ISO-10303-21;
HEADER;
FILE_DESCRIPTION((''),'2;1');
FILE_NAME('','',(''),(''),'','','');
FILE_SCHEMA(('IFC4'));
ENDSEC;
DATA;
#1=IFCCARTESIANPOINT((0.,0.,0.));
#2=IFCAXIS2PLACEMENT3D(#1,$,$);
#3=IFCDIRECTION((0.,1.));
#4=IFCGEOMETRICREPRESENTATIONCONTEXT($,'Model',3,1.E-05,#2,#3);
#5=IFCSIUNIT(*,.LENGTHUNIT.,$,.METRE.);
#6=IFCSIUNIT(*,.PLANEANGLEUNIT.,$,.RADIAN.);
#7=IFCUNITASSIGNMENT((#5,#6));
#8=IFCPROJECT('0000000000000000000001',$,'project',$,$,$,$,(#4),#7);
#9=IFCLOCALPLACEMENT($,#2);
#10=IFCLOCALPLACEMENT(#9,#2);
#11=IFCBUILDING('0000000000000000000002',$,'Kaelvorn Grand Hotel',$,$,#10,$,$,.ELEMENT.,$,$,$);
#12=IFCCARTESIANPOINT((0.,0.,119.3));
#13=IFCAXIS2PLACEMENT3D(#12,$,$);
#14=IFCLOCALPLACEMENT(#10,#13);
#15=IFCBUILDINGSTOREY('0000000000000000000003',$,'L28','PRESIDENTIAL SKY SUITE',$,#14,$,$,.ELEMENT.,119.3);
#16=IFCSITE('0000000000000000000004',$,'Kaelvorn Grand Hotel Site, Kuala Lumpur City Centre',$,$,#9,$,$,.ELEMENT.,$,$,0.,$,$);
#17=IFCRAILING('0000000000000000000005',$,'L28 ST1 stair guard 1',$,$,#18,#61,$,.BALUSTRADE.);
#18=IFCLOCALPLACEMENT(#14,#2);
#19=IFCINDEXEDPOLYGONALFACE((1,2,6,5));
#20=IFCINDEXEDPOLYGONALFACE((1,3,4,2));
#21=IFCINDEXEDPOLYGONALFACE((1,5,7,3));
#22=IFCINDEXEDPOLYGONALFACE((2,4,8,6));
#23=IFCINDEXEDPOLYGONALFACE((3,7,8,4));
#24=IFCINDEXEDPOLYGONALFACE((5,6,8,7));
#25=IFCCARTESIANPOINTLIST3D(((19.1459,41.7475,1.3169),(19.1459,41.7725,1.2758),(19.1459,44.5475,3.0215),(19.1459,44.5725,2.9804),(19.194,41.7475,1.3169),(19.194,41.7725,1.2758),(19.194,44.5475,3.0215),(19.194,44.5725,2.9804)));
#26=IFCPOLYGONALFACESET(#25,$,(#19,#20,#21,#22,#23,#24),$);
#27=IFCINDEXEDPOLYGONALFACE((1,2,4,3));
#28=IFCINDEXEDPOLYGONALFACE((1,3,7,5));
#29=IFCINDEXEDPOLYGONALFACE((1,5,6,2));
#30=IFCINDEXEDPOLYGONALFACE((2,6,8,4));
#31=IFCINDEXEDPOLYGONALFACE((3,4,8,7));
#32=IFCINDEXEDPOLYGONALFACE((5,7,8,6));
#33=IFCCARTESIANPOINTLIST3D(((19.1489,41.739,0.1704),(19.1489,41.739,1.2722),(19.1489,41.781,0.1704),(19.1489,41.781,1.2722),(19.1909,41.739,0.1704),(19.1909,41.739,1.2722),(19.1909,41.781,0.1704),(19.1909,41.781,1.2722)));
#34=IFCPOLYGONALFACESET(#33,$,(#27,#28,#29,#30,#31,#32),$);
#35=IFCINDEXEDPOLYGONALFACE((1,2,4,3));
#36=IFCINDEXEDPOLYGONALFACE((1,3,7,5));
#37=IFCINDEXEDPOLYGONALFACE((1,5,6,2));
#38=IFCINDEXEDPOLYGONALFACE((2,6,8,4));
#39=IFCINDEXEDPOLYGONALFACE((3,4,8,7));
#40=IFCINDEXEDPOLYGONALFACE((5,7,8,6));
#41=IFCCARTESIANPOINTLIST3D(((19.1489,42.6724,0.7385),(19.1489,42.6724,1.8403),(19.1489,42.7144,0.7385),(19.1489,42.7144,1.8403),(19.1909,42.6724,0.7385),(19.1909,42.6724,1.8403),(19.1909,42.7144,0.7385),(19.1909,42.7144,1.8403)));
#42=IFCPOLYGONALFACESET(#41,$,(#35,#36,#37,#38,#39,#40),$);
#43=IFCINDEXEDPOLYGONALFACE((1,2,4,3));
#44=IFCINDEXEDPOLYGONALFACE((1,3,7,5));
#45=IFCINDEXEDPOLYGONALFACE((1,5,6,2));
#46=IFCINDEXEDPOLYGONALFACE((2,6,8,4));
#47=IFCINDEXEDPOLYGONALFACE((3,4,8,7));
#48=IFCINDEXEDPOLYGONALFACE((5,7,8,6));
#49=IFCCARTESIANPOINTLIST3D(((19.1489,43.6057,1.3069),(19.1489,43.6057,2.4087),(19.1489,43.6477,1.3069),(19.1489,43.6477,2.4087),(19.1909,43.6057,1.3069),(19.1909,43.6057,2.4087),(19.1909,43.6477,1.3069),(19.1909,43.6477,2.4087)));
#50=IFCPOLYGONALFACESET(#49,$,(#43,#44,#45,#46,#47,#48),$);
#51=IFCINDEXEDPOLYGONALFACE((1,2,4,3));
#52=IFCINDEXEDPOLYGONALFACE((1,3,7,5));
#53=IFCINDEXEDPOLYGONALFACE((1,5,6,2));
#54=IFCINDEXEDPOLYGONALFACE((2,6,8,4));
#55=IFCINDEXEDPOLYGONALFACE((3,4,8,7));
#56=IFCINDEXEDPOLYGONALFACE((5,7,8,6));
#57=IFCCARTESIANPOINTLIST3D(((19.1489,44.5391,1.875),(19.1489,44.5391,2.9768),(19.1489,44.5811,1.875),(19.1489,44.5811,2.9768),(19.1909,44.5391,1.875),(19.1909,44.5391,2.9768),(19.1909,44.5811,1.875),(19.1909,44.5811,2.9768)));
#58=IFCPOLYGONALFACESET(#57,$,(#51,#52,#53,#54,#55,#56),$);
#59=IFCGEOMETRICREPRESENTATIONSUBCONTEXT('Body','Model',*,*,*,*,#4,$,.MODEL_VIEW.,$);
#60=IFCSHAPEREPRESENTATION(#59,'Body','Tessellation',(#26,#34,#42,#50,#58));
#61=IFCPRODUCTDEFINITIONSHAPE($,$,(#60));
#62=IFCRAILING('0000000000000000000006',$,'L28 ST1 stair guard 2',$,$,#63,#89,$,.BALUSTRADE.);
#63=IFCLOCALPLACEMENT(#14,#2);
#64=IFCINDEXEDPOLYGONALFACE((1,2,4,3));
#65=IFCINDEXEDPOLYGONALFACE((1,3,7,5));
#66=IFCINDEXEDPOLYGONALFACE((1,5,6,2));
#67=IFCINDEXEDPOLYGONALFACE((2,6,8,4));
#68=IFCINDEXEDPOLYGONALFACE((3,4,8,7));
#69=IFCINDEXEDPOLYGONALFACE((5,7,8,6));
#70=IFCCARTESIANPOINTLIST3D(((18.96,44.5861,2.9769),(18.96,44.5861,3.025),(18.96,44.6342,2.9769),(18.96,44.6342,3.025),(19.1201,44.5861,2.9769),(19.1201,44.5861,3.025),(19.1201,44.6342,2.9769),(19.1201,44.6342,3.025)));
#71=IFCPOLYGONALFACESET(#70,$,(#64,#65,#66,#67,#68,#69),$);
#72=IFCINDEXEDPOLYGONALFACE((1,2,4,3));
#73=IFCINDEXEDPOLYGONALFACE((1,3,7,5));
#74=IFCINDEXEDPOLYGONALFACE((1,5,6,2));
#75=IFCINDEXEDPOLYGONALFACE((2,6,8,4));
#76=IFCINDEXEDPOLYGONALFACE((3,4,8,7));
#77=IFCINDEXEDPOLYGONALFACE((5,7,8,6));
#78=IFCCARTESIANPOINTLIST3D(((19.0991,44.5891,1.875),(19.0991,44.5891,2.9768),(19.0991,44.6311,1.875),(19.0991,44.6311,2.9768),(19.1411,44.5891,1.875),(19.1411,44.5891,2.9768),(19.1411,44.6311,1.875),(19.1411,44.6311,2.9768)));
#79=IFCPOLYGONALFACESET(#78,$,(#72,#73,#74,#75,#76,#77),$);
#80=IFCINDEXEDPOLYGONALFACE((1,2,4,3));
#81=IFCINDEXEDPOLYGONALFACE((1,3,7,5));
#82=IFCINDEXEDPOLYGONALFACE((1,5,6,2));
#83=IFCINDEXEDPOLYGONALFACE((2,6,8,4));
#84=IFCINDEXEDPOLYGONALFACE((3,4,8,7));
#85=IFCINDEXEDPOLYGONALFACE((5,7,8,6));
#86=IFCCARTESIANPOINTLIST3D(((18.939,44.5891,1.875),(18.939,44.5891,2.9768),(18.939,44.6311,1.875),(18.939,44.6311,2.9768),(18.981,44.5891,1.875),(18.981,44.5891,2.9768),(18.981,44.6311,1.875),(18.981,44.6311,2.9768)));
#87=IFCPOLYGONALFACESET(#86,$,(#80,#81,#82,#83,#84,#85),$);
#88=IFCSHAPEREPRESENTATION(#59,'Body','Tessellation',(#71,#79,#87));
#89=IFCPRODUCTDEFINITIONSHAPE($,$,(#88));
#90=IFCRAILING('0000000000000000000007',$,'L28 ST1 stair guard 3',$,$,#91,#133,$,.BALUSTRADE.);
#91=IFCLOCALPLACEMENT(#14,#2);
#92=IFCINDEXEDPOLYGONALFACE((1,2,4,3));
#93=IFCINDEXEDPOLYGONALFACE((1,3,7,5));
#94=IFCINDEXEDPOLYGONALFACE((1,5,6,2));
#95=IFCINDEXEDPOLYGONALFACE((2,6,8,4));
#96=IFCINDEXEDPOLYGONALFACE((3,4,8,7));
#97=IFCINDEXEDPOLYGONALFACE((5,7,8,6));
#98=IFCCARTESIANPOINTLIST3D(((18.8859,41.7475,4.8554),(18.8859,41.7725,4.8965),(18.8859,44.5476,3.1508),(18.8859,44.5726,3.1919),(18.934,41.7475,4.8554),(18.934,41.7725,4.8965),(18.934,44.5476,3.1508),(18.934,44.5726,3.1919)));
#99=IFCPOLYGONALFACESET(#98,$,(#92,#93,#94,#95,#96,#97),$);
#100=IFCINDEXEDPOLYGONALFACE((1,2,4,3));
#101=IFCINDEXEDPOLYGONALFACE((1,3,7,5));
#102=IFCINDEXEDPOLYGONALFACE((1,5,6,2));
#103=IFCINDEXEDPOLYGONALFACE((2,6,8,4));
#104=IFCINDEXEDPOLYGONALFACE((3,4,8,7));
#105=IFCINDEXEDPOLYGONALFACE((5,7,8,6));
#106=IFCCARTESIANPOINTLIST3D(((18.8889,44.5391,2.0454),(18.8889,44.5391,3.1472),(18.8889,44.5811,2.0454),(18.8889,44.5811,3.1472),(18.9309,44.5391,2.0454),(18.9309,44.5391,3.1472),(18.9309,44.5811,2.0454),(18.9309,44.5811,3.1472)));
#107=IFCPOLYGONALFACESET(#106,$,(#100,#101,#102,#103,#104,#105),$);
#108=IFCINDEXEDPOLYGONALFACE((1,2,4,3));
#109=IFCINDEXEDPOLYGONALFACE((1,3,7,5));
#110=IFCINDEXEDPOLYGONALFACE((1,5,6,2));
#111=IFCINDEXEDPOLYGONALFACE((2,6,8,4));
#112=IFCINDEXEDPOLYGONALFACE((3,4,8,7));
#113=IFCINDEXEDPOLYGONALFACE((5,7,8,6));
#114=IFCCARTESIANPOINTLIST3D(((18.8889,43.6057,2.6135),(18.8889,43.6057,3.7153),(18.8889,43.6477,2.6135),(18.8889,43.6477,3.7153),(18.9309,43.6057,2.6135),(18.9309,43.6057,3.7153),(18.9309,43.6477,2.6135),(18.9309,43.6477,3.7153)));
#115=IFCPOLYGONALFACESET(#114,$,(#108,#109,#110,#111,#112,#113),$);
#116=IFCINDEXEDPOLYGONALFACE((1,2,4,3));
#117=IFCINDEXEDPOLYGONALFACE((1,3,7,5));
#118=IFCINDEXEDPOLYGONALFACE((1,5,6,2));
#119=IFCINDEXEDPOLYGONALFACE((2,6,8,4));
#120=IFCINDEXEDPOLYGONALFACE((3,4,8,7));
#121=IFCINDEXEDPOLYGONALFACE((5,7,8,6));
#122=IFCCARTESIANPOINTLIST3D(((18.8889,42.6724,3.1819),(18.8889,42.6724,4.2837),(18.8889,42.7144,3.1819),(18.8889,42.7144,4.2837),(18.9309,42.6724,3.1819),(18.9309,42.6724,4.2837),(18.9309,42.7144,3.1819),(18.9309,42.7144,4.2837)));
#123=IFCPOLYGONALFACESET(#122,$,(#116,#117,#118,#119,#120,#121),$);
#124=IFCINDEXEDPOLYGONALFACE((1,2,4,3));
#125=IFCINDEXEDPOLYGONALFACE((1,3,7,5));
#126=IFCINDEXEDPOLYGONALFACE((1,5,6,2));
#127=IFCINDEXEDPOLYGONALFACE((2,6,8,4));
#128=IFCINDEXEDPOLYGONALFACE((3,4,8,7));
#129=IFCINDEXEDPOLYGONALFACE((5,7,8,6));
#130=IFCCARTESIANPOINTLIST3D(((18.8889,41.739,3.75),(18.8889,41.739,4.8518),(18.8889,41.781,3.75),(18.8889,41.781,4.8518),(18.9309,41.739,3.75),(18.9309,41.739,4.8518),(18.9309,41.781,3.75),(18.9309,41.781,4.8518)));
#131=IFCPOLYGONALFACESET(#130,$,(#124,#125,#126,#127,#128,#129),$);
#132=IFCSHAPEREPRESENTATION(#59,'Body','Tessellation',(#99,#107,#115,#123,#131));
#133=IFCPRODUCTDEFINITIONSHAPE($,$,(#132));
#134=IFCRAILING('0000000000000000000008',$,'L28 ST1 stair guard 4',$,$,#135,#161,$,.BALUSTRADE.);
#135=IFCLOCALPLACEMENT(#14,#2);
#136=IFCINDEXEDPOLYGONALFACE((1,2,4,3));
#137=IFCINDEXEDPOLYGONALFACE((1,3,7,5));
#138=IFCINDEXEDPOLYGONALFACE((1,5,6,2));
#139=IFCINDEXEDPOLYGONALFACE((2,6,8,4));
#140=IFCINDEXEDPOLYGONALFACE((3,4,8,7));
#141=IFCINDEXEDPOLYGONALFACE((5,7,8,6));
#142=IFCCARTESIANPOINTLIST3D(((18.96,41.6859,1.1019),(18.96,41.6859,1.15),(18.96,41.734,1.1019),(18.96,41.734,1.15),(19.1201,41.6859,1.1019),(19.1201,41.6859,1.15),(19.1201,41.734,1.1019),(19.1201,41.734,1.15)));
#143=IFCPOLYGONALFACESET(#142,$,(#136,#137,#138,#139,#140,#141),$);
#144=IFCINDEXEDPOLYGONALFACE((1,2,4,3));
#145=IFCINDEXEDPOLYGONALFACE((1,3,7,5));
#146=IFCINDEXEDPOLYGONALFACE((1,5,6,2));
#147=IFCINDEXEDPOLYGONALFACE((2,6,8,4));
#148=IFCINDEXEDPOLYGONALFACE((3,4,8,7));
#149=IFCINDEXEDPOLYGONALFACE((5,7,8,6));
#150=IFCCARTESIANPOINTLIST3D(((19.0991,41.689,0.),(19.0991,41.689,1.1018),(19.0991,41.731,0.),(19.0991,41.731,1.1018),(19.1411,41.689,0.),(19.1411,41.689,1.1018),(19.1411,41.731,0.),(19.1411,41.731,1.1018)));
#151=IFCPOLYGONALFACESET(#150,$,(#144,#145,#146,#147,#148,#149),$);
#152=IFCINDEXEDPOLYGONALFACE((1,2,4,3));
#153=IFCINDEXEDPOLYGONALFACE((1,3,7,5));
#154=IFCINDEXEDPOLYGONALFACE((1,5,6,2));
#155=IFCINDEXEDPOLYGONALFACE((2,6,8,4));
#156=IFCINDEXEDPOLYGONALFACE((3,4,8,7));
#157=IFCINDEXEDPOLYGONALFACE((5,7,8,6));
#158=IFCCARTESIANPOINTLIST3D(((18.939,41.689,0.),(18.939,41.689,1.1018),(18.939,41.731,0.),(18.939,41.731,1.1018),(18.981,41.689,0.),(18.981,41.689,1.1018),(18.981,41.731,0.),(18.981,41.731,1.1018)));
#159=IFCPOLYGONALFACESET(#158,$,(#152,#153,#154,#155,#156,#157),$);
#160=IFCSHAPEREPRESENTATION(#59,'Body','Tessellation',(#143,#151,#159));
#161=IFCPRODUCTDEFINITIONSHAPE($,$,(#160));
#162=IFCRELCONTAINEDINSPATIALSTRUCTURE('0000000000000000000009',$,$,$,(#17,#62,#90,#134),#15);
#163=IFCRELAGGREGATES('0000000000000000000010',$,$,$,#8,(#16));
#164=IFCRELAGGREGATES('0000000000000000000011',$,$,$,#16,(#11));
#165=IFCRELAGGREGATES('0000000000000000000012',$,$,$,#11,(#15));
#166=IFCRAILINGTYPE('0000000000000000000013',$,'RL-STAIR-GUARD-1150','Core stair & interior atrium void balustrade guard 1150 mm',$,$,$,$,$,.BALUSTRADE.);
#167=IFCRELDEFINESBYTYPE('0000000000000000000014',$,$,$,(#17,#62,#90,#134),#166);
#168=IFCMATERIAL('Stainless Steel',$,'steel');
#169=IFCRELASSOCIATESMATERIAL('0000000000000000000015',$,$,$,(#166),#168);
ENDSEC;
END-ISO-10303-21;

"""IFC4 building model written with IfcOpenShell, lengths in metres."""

from ifc_helpers import new_model, si_unit, direction, frame, origin, origin_2d, place, context, subcontext, project, spatial, rectangle, extrude, material, type_object, element, save


model = new_model("IFC4")

# Units and contexts
model_context = context("Model", 3, precision=1e-05, world=origin(), true_north=direction((0.0, 1.0)))
body_context = subcontext(model_context, "Body", "Model", "MODEL_VIEW")
ifc_project = project(units=[si_unit("LENGTHUNIT", "METRE"), si_unit("PLANEANGLEUNIT", "RADIAN")], contexts=[model_context])

# Site, building, storey
site_placement = place(None, origin())
site = spatial("IfcSite", under=ifc_project, at=site_placement, Name="Kaelvorn Grand Hotel Site, Kuala Lumpur City Centre", CompositionType="ELEMENT", RefElevation=0.0)
building_placement = place(site_placement, origin())
building = spatial("IfcBuilding", under=site, at=building_placement, Name="Kaelvorn Grand Hotel", CompositionType="ELEMENT")
storey_placement = place(building_placement, frame((0.0, 0.0, 119.3)))
storey = spatial("IfcBuildingStorey", under=building, at=storey_placement, Name="L28", Description="PRESIDENTIAL SKY SUITE", CompositionType="ELEMENT", Elevation=119.3)

# Shared definitions
ifc_material_1 = material(Name="Stainless Steel", Category="steel")

# Railings
railing_type_1 = type_object("IfcRailingType", Name="RL-STAIR-GUARD-1150", Description="Core stair & interior atrium void balustrade guard 1150 mm", PredefinedType="BALUSTRADE", material=ifc_material_1)
railing_1_placement = place(storey_placement, frame((19.1699, 41.76, 0.1704)))
element("IfcRailing", 1, at=railing_1_placement, inside=storey, type_object=railing_type_1, Name="L28 ST1 stair guard 1", PredefinedType="BALUSTRADE", context=body_context, shape_type="SweptSolid", body=[
    extrude(rectangle(XDim=0.0481, YDim=0.0481, at=origin_2d()), frame((0.0, 0.0, 1.126), z_axis=(0.0, 0.85417, 0.519994), x_axis=(-1.0, 0.0, 0.0)), (0.0, 0.0, 1.0), 3.2781),
    extrude(rectangle(XDim=0.042, YDim=0.042, at=origin_2d()), origin(), (0.0, 0.0, 1.0), 1.1018),
    extrude(rectangle(XDim=0.042, YDim=0.042, at=origin_2d()), frame((0.0, 0.9333, 0.5681)), (0.0, 0.0, 1.0), 1.1018),
    extrude(rectangle(XDim=0.042, YDim=0.042, at=origin_2d()), frame((0.0, 1.8667, 1.1365)), (0.0, 0.0, 1.0), 1.1018),
    extrude(rectangle(XDim=0.042, YDim=0.042, at=origin_2d()), frame((0.0, 2.8, 1.7046)), (0.0, 0.0, 1.0), 1.1018),
])
railing_2_placement = place(storey_placement, frame((19.1201, 44.6101, 1.875)))
element("IfcRailing", 2, at=railing_2_placement, inside=storey, type_object=railing_type_1, Name="L28 ST1 stair guard 2", PredefinedType="BALUSTRADE", context=body_context, shape_type="SweptSolid", body=[
    extrude(rectangle(XDim=0.0481, YDim=0.0481, at=origin_2d()), frame((0.0, 0.0, 1.126), z_axis=(-1.0, 0.0, 0.0), x_axis=(0.0, -1.0, 0.0)), (0.0, 0.0, 1.0), 0.1602),
    extrude(rectangle(XDim=0.042, YDim=0.042, at=origin_2d()), origin(), (0.0, 0.0, 1.0), 1.1018),
    extrude(rectangle(XDim=0.042, YDim=0.042, at=origin_2d()), frame((-0.1602, 0.0, 0.0)), (0.0, 0.0, 1.0), 1.1018),
])
railing_3_placement = place(storey_placement, frame((18.9099, 44.5601, 2.0454)))
element("IfcRailing", 3, at=railing_3_placement, inside=storey, type_object=railing_type_1, Name="L28 ST1 stair guard 3", PredefinedType="BALUSTRADE", context=body_context, shape_type="SweptSolid", body=[
    extrude(rectangle(XDim=0.0481, YDim=0.0481, at=origin_2d()), frame((0.0, 0.0, 1.126), z_axis=(0.0, -0.85417, 0.519994), x_axis=(1.0, 0.0, 0.0)), (0.0, 0.0, 1.0), 3.2781),
    extrude(rectangle(XDim=0.042, YDim=0.042, at=origin_2d()), origin(), (0.0, 0.0, 1.0), 1.1018),
    extrude(rectangle(XDim=0.042, YDim=0.042, at=origin_2d()), frame((0.0, -0.9333, 0.5681)), (0.0, 0.0, 1.0), 1.1018),
    extrude(rectangle(XDim=0.042, YDim=0.042, at=origin_2d()), frame((0.0, -1.8667, 1.1365)), (0.0, 0.0, 1.0), 1.1018),
    extrude(rectangle(XDim=0.042, YDim=0.042, at=origin_2d()), frame((0.0, -2.8, 1.7046)), (0.0, 0.0, 1.0), 1.1018),
])
railing_4_placement = place(storey_placement, frame((19.1201, 41.71, 0.0)))
element("IfcRailing", 4, at=railing_4_placement, inside=storey, type_object=railing_type_1, Name="L28 ST1 stair guard 4", PredefinedType="BALUSTRADE", context=body_context, shape_type="SweptSolid", body=[
    extrude(rectangle(XDim=0.0481, YDim=0.0481, at=origin_2d()), frame((0.0, 0.0, 1.126), z_axis=(-1.0, 0.0, 0.0), x_axis=(0.0, -1.0, 0.0)), (0.0, 0.0, 1.0), 0.1602),
    extrude(rectangle(XDim=0.042, YDim=0.042, at=origin_2d()), origin(), (0.0, 0.0, 1.0), 1.1018),
    extrude(rectangle(XDim=0.042, YDim=0.042, at=origin_2d()), frame((-0.1602, 0.0, 0.0)), (0.0, 0.0, 1.0), 1.1018),
])

save(model, "model.ifc")
